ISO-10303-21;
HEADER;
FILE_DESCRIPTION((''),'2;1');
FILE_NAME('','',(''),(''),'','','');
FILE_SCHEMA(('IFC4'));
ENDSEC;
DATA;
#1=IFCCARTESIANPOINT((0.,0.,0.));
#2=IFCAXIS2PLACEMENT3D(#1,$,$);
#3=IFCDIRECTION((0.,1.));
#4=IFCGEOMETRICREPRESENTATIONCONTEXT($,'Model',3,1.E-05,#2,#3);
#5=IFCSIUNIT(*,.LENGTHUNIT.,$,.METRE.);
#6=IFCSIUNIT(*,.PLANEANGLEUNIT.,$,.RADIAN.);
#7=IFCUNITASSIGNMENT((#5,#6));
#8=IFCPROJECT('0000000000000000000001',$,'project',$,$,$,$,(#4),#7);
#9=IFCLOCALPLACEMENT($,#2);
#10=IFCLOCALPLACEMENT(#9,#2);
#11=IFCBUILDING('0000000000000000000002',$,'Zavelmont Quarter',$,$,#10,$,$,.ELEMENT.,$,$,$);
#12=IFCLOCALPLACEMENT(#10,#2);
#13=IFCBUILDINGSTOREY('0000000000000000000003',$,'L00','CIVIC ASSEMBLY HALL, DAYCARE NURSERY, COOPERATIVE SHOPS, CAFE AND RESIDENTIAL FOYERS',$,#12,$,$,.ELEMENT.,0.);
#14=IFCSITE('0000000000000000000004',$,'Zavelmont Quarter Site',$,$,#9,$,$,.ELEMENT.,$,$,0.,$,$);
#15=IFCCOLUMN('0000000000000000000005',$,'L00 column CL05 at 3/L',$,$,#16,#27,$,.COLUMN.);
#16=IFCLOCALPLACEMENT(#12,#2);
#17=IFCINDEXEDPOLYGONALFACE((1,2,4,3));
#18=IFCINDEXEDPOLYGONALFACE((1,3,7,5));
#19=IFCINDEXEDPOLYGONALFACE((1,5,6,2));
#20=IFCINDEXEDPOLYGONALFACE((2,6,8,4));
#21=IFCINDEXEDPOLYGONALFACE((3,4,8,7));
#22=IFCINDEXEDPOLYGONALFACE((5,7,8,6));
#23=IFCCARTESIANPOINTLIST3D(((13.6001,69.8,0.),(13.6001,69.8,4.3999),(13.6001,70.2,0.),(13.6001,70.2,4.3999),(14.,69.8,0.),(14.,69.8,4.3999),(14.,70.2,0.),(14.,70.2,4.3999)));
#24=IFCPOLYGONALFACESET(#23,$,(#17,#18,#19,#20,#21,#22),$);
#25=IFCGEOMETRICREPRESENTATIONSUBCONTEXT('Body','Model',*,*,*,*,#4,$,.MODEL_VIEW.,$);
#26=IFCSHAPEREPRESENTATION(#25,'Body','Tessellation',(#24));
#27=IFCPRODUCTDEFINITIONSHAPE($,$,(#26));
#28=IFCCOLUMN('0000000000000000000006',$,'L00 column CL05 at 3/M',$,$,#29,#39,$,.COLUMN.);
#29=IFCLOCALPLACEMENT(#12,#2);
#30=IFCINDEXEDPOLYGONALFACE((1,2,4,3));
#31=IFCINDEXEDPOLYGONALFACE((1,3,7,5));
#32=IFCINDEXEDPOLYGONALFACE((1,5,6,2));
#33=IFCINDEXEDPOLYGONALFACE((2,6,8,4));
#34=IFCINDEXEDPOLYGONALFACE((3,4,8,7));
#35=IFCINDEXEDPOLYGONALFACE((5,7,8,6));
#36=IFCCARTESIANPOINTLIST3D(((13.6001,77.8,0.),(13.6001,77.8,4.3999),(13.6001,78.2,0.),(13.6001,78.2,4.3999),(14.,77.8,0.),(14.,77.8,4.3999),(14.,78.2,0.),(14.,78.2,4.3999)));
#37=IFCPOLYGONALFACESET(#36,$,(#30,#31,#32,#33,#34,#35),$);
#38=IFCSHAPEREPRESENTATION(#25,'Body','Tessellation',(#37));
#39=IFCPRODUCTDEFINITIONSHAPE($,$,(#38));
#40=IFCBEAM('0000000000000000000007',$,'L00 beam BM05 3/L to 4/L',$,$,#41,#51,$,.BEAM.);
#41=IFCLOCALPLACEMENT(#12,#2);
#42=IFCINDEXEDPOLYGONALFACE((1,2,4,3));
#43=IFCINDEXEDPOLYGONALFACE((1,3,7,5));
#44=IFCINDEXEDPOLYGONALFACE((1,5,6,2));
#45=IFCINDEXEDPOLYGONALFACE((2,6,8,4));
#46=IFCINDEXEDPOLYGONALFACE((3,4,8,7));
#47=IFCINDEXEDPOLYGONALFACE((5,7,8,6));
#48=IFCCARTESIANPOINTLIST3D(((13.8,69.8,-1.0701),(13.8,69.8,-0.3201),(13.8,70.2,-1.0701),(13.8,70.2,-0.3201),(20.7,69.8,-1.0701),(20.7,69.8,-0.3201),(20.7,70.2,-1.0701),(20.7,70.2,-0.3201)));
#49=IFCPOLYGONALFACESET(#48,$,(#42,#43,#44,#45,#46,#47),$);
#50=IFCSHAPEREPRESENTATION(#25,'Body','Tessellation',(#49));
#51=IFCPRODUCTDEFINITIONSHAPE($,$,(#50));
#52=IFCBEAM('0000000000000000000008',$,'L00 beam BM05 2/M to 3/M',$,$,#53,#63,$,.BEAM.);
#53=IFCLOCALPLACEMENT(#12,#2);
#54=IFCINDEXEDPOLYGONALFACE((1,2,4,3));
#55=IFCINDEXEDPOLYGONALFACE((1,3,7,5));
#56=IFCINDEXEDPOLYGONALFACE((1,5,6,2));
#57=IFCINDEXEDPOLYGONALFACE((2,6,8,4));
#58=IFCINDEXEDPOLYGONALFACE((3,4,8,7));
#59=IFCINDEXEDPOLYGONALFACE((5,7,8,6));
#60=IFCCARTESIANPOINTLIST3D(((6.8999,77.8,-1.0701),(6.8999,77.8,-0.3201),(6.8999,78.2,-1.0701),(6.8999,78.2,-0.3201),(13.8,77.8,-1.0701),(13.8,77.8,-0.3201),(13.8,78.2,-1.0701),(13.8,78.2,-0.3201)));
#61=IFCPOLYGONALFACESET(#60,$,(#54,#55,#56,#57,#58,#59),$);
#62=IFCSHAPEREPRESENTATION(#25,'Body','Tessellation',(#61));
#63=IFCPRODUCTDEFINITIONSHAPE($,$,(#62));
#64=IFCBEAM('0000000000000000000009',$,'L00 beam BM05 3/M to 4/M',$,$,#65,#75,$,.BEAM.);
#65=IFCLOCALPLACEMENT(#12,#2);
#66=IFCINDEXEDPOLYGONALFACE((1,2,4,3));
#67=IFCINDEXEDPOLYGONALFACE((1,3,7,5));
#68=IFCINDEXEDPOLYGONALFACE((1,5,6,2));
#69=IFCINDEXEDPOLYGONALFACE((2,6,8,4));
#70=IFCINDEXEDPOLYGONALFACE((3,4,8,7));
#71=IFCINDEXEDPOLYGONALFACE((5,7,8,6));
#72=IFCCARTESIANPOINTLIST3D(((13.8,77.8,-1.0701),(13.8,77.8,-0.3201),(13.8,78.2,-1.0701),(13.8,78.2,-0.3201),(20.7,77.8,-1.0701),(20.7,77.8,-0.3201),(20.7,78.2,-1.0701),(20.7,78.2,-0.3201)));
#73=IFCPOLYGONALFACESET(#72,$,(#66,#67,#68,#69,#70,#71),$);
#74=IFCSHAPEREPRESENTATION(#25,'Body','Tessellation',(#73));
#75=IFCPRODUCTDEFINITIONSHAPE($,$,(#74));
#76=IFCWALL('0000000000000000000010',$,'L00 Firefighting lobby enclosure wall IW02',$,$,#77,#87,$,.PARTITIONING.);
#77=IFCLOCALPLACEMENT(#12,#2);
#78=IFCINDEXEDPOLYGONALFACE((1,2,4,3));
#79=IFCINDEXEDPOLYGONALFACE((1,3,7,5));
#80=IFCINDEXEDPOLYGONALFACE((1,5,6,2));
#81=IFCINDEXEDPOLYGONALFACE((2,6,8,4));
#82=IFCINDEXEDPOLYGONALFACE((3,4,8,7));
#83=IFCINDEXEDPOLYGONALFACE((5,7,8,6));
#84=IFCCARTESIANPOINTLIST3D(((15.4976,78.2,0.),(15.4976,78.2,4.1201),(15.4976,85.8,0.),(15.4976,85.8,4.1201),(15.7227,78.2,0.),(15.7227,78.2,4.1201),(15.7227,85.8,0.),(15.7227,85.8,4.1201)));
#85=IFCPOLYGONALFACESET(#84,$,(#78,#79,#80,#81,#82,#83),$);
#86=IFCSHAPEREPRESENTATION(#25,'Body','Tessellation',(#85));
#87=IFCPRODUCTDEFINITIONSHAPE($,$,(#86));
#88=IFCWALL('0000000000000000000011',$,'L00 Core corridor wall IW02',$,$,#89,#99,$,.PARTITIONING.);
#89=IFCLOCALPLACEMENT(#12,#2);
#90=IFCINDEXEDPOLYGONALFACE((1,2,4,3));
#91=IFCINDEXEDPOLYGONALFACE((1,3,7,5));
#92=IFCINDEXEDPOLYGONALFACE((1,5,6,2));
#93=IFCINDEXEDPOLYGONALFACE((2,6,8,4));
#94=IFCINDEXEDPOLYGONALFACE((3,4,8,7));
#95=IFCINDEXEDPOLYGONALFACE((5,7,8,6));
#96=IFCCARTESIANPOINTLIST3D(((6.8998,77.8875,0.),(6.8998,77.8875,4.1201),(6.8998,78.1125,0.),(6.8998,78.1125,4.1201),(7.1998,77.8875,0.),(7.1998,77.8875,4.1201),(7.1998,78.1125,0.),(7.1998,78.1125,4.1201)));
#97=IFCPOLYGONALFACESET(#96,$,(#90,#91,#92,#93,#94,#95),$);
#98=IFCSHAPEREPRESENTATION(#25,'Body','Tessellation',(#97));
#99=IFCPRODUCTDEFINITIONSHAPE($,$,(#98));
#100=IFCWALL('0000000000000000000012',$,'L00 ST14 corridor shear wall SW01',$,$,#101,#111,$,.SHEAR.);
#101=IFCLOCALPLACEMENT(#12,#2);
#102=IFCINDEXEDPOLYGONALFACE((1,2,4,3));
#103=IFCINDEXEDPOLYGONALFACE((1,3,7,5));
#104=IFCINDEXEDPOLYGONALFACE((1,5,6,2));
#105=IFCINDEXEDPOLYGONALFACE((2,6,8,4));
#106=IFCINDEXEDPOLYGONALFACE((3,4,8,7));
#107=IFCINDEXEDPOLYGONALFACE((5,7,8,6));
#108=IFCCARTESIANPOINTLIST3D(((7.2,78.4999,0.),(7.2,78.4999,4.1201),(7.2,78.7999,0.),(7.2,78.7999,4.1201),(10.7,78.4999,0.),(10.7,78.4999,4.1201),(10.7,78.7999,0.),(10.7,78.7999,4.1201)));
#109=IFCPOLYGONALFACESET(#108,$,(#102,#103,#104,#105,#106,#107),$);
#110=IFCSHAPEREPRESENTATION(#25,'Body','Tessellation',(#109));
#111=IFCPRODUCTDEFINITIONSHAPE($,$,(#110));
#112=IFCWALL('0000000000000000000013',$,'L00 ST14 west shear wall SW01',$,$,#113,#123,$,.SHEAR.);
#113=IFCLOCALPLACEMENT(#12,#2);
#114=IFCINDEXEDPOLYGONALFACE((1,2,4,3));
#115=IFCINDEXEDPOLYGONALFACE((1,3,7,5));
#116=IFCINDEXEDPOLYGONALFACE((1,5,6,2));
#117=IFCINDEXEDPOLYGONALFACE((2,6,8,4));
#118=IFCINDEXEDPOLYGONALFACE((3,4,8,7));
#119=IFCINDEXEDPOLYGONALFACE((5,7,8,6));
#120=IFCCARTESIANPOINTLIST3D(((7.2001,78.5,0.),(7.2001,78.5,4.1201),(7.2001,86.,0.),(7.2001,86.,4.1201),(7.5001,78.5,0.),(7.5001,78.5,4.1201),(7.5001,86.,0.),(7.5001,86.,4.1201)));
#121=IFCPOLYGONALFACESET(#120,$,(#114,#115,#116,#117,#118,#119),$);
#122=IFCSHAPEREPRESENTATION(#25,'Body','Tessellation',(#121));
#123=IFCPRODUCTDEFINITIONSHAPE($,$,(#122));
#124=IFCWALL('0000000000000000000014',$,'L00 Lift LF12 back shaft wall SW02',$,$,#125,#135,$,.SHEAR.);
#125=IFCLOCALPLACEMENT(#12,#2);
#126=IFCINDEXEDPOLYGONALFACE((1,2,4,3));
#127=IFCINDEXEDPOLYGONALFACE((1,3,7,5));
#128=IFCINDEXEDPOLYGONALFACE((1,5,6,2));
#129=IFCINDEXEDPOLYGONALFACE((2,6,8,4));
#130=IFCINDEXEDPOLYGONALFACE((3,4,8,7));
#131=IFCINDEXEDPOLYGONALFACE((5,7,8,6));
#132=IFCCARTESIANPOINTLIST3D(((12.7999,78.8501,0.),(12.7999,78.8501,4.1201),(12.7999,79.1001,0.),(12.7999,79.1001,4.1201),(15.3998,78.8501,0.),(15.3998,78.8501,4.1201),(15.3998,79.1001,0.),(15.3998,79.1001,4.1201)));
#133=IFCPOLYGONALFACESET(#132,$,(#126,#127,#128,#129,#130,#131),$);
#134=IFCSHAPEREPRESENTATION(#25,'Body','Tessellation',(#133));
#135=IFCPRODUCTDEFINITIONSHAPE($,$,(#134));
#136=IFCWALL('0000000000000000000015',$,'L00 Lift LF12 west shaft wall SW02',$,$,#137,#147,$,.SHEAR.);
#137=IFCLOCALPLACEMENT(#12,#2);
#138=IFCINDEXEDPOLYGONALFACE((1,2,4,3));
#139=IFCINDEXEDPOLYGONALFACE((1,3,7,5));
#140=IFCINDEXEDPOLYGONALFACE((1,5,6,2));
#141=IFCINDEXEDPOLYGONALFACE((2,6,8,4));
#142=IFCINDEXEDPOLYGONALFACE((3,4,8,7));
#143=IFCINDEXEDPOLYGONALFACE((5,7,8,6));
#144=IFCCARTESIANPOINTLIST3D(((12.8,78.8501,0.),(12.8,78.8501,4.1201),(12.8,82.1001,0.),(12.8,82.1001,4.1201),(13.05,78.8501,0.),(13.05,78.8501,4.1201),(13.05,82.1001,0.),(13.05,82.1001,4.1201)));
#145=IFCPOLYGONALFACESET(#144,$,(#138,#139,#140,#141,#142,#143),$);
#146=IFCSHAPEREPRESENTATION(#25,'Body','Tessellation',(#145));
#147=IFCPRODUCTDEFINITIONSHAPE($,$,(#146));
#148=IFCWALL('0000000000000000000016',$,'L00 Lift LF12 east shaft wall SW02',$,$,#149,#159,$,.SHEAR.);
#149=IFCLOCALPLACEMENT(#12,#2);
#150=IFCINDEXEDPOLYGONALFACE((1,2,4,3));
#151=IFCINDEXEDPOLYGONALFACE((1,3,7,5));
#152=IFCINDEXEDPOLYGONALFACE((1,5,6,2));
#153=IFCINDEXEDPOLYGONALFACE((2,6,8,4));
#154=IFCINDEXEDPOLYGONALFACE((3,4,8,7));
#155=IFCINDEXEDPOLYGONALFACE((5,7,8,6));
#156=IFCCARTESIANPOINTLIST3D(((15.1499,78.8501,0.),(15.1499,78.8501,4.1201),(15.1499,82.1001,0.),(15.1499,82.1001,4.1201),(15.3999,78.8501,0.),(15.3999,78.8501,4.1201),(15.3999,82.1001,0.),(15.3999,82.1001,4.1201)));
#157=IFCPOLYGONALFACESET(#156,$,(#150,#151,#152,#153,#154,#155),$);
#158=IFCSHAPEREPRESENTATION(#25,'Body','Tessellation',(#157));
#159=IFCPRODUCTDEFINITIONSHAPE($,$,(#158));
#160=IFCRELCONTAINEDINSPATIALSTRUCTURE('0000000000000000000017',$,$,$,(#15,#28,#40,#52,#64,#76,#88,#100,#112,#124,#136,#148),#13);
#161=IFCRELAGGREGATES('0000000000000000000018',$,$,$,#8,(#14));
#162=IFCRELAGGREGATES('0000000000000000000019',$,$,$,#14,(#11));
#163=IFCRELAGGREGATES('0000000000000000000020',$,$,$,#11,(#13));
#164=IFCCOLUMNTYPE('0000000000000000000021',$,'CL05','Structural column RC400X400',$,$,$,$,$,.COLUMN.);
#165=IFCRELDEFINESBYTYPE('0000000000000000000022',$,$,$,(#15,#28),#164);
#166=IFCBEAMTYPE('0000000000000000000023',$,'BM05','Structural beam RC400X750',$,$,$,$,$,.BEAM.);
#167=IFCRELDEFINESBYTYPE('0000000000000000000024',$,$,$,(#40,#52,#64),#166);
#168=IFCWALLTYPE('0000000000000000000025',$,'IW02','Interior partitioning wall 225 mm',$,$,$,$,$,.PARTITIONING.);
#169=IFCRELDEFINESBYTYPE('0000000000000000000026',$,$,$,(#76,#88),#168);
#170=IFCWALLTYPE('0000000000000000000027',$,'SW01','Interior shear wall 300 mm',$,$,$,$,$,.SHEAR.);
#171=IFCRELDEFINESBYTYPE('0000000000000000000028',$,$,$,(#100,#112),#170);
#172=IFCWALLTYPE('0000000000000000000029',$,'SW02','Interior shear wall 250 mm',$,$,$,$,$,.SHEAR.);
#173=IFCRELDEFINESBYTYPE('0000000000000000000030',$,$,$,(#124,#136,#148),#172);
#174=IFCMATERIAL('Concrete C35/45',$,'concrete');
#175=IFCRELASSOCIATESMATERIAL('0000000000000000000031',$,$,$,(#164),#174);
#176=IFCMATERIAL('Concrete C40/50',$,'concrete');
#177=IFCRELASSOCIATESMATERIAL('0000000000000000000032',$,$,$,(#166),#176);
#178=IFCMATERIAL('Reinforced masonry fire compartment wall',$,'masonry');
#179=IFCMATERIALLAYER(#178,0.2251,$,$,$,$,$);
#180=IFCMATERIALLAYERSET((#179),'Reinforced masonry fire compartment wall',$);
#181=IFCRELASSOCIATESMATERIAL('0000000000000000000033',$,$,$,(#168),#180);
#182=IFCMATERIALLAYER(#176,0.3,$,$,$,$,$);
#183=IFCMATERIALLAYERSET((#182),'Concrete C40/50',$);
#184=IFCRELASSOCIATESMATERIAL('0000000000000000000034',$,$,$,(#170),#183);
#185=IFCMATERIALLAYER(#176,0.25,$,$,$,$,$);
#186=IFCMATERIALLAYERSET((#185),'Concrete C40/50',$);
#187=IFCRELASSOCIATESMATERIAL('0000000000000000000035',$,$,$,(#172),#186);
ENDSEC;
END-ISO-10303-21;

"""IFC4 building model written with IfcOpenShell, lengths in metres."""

from ifc_helpers import new_model, si_unit, direction, frame, frame_2d, origin, origin_2d, place, context, subcontext, project, spatial, rectangle, extrude, material, layer, layer_set, material_profile, profile_set, type_object, element, save


model = new_model("IFC4")

# Units and contexts
model_context = context("Model", 3, precision=1e-05, world=origin(), true_north=direction((0.0, 1.0)))
body_context = subcontext(model_context, "Body", "Model", "MODEL_VIEW")
ifc_project = project(units=[si_unit("LENGTHUNIT", "METRE"), si_unit("PLANEANGLEUNIT", "RADIAN")], contexts=[model_context])

# Site, building, storey
site_placement = place(None, origin())
site = spatial("IfcSite", under=ifc_project, at=site_placement, Name="Zavelmont Quarter Site", CompositionType="ELEMENT", RefElevation=0.0)
building_placement = place(site_placement, origin())
building = spatial("IfcBuilding", under=site, at=building_placement, Name="Zavelmont Quarter", CompositionType="ELEMENT")
storey_placement = place(building_placement, origin())
storey = spatial("IfcBuildingStorey", under=building, at=storey_placement, Name="L00", Description="CIVIC ASSEMBLY HALL, DAYCARE NURSERY, COOPERATIVE SHOPS, CAFE AND RESIDENTIAL FOYERS", CompositionType="ELEMENT", Elevation=0.0)

# Columns
ifc_material_1 = material(Name="Concrete C35/45", Category="concrete")
ifc_material_profile_1 = material_profile(ifc_material_1, rectangle(XDim=0.3999, YDim=0.3999, at=origin_2d()), Name="RC400X400")
ifc_profile_set_1 = profile_set([ifc_material_profile_1], Name="Concrete C35/45")
column_type = type_object("IfcColumnType", Name="CL05", Description="Structural column RC400X400", PredefinedType="COLUMN", material=ifc_profile_set_1)
for number, where, z_axis, x_axis, name in (
    (1, (13.8, 70.0, 0.0), (0.0, 0.0, 1.0), (1.0, 0.0, 0.0), "L00 column CL05 at 3/L"),
    (2, (13.8, 78.0, 0.0), (0.0, 0.0, 1.0), (1.0, 0.0, 0.0), "L00 column CL05 at 3/M"),
):
    element("IfcColumn", number, at=place(storey_placement, frame(where, z_axis=z_axis, x_axis=x_axis)), inside=storey, type_object=column_type, Name=name, PredefinedType="COLUMN", context=body_context, shape_type="SweptSolid", body=[
        extrude(rectangle(XDim=0.3999, YDim=0.3999, at=origin_2d()), origin(), (0.0, 0.0, 1.0), 4.3999),
    ])

# Beams
ifc_material_2 = material(Name="Concrete C40/50", Category="concrete")
ifc_material_profile_2 = material_profile(ifc_material_2, rectangle(XDim=0.3999, YDim=0.75, at=origin_2d()), Name="RC400X750")
ifc_profile_set_2 = profile_set([ifc_material_profile_2], Name="Concrete C40/50")
beam_type = type_object("IfcBeamType", Name="BM05", Description="Structural beam RC400X750", PredefinedType="BEAM", material=ifc_profile_set_2)
beam_1_placement = place(storey_placement, frame((13.8, 70.0, -0.6951), z_axis=(1.0, 0.0, 0.0), x_axis=(0.0, 1.0, 0.0)))
element("IfcBeam", 3, at=beam_1_placement, inside=storey, type_object=beam_type, Name="L00 beam BM05 3/L to 4/L", PredefinedType="BEAM", context=body_context, shape_type="SweptSolid", body=[
    extrude(rectangle(XDim=0.3999, YDim=0.75, at=origin_2d()), origin(), (0.0, 0.0, 1.0), 6.8999),
])
beam_2_placement = place(storey_placement, frame((6.8999, 78.0, -0.6951), z_axis=(1.0, 0.0, 0.0), x_axis=(0.0, 1.0, 0.0)))
element("IfcBeam", 4, at=beam_2_placement, inside=storey, type_object=beam_type, Name="L00 beam BM05 2/M to 3/M", PredefinedType="BEAM", context=body_context, shape_type="SweptSolid", body=[
    extrude(rectangle(XDim=0.3999, YDim=0.75, at=origin_2d()), origin(), (0.0, 0.0, 1.0), 6.9001),
])
beam_3_placement = place(storey_placement, frame((13.8, 78.0, -0.6951), z_axis=(1.0, 0.0, 0.0), x_axis=(0.0, 1.0, 0.0)))
element("IfcBeam", 5, at=beam_3_placement, inside=storey, type_object=beam_type, Name="L00 beam BM05 3/M to 4/M", PredefinedType="BEAM", context=body_context, shape_type="SweptSolid", body=[
    extrude(rectangle(XDim=0.3999, YDim=0.75, at=origin_2d()), origin(), (0.0, 0.0, 1.0), 6.8999),
])

# Walls
ifc_material_3 = material(Name="Reinforced masonry fire compartment wall", Category="masonry")
ifc_layer_1 = layer(ifc_material_3, 0.2251)
ifc_layer_set_1 = layer_set([ifc_layer_1], Name="Reinforced masonry fire compartment wall")
wall_type_1 = type_object("IfcWallType", Name="IW02", Description="Interior partitioning wall 225 mm", PredefinedType="PARTITIONING", material=ifc_layer_set_1)
wall_1_placement = place(storey_placement, frame((15.6101, 78.2, 0.0), z_axis=(0.0, 0.0, 1.0), x_axis=(0.0, 1.0, 0.0)))
element("IfcWall", 6, at=wall_1_placement, inside=storey, type_object=wall_type_1, Name="L00 Firefighting lobby enclosure wall IW02", PredefinedType="PARTITIONING", context=body_context, shape_type="SweptSolid", body=[
    extrude(rectangle(XDim=7.6001, YDim=0.2251, at=frame_2d((3.8, 0.0))), origin(), (0.0, 0.0, 1.0), 4.1201),
])
wall_2_placement = place(storey_placement, frame((6.8999, 78.0, 0.0), z_axis=(0.0, 0.0, 1.0), x_axis=(1.0, 0.0, 0.0)))
element("IfcWall", 7, at=wall_2_placement, inside=storey, type_object=wall_type_1, Name="L00 Core corridor wall IW02", PredefinedType="PARTITIONING", context=body_context, shape_type="SweptSolid", body=[
    extrude(rectangle(XDim=0.3, YDim=0.2251, at=frame_2d((0.1499, 0.0))), origin(), (0.0, 0.0, 1.0), 4.1201),
])

# Walls
ifc_layer_2 = layer(ifc_material_2, 0.3)
ifc_layer_set_2 = layer_set([ifc_layer_2], Name="Concrete C40/50")
wall_type_2 = type_object("IfcWallType", Name="SW01", Description="Interior shear wall 300 mm", PredefinedType="SHEAR", material=ifc_layer_set_2)
wall_3_placement = place(storey_placement, frame((7.2, 78.6499, 0.0), z_axis=(0.0, 0.0, 1.0), x_axis=(1.0, 0.0, 0.0)))
element("IfcWall", 8, at=wall_3_placement, inside=storey, type_object=wall_type_2, Name="L00 ST14 corridor shear wall SW01", PredefinedType="SHEAR", context=body_context, shape_type="SweptSolid", body=[
    extrude(rectangle(XDim=3.5, YDim=0.3, at=frame_2d((1.75, 0.0))), origin(), (0.0, 0.0, 1.0), 4.1201),
])
wall_4_placement = place(storey_placement, frame((7.3501, 78.5, 0.0), z_axis=(0.0, 0.0, 1.0), x_axis=(0.0, 1.0, 0.0)))
element("IfcWall", 9, at=wall_4_placement, inside=storey, type_object=wall_type_2, Name="L00 ST14 west shear wall SW01", PredefinedType="SHEAR", context=body_context, shape_type="SweptSolid", body=[
    extrude(rectangle(XDim=7.5, YDim=0.3, at=frame_2d((3.75, 0.0))), origin(), (0.0, 0.0, 1.0), 4.1201),
])

# Walls
ifc_layer_3 = layer(ifc_material_2, 0.25)
ifc_layer_set_3 = layer_set([ifc_layer_3], Name="Concrete C40/50")
wall_type_3 = type_object("IfcWallType", Name="SW02", Description="Interior shear wall 250 mm", PredefinedType="SHEAR", material=ifc_layer_set_3)
wall_5_placement = place(storey_placement, frame((12.8, 78.9751, 0.0), z_axis=(0.0, 0.0, 1.0), x_axis=(1.0, 0.0, 0.0)))
element("IfcWall", 10, at=wall_5_placement, inside=storey, type_object=wall_type_3, Name="L00 Lift LF12 back shaft wall SW02", PredefinedType="SHEAR", context=body_context, shape_type="SweptSolid", body=[
    extrude(rectangle(XDim=2.5999, YDim=0.25, at=frame_2d((1.2998, 0.0))), origin(), (0.0, 0.0, 1.0), 4.1201),
])
for number, where, z_axis, x_axis, name in (
    (11, (12.925, 78.8501, 0.0), (0.0, 0.0, 1.0), (0.0, 1.0, 0.0), "L00 Lift LF12 west shaft wall SW02"),
    (12, (15.2749, 78.8501, 0.0), (0.0, 0.0, 1.0), (0.0, 1.0, 0.0), "L00 Lift LF12 east shaft wall SW02"),
):
    element("IfcWall", number, at=place(storey_placement, frame(where, z_axis=z_axis, x_axis=x_axis)), inside=storey, type_object=wall_type_3, Name=name, PredefinedType="SHEAR", context=body_context, shape_type="SweptSolid", body=[
        extrude(rectangle(XDim=3.25, YDim=0.25, at=frame_2d((1.625, 0.0))), origin(), (0.0, 0.0, 1.0), 4.1201),
    ])

save(model, "model.ifc")
